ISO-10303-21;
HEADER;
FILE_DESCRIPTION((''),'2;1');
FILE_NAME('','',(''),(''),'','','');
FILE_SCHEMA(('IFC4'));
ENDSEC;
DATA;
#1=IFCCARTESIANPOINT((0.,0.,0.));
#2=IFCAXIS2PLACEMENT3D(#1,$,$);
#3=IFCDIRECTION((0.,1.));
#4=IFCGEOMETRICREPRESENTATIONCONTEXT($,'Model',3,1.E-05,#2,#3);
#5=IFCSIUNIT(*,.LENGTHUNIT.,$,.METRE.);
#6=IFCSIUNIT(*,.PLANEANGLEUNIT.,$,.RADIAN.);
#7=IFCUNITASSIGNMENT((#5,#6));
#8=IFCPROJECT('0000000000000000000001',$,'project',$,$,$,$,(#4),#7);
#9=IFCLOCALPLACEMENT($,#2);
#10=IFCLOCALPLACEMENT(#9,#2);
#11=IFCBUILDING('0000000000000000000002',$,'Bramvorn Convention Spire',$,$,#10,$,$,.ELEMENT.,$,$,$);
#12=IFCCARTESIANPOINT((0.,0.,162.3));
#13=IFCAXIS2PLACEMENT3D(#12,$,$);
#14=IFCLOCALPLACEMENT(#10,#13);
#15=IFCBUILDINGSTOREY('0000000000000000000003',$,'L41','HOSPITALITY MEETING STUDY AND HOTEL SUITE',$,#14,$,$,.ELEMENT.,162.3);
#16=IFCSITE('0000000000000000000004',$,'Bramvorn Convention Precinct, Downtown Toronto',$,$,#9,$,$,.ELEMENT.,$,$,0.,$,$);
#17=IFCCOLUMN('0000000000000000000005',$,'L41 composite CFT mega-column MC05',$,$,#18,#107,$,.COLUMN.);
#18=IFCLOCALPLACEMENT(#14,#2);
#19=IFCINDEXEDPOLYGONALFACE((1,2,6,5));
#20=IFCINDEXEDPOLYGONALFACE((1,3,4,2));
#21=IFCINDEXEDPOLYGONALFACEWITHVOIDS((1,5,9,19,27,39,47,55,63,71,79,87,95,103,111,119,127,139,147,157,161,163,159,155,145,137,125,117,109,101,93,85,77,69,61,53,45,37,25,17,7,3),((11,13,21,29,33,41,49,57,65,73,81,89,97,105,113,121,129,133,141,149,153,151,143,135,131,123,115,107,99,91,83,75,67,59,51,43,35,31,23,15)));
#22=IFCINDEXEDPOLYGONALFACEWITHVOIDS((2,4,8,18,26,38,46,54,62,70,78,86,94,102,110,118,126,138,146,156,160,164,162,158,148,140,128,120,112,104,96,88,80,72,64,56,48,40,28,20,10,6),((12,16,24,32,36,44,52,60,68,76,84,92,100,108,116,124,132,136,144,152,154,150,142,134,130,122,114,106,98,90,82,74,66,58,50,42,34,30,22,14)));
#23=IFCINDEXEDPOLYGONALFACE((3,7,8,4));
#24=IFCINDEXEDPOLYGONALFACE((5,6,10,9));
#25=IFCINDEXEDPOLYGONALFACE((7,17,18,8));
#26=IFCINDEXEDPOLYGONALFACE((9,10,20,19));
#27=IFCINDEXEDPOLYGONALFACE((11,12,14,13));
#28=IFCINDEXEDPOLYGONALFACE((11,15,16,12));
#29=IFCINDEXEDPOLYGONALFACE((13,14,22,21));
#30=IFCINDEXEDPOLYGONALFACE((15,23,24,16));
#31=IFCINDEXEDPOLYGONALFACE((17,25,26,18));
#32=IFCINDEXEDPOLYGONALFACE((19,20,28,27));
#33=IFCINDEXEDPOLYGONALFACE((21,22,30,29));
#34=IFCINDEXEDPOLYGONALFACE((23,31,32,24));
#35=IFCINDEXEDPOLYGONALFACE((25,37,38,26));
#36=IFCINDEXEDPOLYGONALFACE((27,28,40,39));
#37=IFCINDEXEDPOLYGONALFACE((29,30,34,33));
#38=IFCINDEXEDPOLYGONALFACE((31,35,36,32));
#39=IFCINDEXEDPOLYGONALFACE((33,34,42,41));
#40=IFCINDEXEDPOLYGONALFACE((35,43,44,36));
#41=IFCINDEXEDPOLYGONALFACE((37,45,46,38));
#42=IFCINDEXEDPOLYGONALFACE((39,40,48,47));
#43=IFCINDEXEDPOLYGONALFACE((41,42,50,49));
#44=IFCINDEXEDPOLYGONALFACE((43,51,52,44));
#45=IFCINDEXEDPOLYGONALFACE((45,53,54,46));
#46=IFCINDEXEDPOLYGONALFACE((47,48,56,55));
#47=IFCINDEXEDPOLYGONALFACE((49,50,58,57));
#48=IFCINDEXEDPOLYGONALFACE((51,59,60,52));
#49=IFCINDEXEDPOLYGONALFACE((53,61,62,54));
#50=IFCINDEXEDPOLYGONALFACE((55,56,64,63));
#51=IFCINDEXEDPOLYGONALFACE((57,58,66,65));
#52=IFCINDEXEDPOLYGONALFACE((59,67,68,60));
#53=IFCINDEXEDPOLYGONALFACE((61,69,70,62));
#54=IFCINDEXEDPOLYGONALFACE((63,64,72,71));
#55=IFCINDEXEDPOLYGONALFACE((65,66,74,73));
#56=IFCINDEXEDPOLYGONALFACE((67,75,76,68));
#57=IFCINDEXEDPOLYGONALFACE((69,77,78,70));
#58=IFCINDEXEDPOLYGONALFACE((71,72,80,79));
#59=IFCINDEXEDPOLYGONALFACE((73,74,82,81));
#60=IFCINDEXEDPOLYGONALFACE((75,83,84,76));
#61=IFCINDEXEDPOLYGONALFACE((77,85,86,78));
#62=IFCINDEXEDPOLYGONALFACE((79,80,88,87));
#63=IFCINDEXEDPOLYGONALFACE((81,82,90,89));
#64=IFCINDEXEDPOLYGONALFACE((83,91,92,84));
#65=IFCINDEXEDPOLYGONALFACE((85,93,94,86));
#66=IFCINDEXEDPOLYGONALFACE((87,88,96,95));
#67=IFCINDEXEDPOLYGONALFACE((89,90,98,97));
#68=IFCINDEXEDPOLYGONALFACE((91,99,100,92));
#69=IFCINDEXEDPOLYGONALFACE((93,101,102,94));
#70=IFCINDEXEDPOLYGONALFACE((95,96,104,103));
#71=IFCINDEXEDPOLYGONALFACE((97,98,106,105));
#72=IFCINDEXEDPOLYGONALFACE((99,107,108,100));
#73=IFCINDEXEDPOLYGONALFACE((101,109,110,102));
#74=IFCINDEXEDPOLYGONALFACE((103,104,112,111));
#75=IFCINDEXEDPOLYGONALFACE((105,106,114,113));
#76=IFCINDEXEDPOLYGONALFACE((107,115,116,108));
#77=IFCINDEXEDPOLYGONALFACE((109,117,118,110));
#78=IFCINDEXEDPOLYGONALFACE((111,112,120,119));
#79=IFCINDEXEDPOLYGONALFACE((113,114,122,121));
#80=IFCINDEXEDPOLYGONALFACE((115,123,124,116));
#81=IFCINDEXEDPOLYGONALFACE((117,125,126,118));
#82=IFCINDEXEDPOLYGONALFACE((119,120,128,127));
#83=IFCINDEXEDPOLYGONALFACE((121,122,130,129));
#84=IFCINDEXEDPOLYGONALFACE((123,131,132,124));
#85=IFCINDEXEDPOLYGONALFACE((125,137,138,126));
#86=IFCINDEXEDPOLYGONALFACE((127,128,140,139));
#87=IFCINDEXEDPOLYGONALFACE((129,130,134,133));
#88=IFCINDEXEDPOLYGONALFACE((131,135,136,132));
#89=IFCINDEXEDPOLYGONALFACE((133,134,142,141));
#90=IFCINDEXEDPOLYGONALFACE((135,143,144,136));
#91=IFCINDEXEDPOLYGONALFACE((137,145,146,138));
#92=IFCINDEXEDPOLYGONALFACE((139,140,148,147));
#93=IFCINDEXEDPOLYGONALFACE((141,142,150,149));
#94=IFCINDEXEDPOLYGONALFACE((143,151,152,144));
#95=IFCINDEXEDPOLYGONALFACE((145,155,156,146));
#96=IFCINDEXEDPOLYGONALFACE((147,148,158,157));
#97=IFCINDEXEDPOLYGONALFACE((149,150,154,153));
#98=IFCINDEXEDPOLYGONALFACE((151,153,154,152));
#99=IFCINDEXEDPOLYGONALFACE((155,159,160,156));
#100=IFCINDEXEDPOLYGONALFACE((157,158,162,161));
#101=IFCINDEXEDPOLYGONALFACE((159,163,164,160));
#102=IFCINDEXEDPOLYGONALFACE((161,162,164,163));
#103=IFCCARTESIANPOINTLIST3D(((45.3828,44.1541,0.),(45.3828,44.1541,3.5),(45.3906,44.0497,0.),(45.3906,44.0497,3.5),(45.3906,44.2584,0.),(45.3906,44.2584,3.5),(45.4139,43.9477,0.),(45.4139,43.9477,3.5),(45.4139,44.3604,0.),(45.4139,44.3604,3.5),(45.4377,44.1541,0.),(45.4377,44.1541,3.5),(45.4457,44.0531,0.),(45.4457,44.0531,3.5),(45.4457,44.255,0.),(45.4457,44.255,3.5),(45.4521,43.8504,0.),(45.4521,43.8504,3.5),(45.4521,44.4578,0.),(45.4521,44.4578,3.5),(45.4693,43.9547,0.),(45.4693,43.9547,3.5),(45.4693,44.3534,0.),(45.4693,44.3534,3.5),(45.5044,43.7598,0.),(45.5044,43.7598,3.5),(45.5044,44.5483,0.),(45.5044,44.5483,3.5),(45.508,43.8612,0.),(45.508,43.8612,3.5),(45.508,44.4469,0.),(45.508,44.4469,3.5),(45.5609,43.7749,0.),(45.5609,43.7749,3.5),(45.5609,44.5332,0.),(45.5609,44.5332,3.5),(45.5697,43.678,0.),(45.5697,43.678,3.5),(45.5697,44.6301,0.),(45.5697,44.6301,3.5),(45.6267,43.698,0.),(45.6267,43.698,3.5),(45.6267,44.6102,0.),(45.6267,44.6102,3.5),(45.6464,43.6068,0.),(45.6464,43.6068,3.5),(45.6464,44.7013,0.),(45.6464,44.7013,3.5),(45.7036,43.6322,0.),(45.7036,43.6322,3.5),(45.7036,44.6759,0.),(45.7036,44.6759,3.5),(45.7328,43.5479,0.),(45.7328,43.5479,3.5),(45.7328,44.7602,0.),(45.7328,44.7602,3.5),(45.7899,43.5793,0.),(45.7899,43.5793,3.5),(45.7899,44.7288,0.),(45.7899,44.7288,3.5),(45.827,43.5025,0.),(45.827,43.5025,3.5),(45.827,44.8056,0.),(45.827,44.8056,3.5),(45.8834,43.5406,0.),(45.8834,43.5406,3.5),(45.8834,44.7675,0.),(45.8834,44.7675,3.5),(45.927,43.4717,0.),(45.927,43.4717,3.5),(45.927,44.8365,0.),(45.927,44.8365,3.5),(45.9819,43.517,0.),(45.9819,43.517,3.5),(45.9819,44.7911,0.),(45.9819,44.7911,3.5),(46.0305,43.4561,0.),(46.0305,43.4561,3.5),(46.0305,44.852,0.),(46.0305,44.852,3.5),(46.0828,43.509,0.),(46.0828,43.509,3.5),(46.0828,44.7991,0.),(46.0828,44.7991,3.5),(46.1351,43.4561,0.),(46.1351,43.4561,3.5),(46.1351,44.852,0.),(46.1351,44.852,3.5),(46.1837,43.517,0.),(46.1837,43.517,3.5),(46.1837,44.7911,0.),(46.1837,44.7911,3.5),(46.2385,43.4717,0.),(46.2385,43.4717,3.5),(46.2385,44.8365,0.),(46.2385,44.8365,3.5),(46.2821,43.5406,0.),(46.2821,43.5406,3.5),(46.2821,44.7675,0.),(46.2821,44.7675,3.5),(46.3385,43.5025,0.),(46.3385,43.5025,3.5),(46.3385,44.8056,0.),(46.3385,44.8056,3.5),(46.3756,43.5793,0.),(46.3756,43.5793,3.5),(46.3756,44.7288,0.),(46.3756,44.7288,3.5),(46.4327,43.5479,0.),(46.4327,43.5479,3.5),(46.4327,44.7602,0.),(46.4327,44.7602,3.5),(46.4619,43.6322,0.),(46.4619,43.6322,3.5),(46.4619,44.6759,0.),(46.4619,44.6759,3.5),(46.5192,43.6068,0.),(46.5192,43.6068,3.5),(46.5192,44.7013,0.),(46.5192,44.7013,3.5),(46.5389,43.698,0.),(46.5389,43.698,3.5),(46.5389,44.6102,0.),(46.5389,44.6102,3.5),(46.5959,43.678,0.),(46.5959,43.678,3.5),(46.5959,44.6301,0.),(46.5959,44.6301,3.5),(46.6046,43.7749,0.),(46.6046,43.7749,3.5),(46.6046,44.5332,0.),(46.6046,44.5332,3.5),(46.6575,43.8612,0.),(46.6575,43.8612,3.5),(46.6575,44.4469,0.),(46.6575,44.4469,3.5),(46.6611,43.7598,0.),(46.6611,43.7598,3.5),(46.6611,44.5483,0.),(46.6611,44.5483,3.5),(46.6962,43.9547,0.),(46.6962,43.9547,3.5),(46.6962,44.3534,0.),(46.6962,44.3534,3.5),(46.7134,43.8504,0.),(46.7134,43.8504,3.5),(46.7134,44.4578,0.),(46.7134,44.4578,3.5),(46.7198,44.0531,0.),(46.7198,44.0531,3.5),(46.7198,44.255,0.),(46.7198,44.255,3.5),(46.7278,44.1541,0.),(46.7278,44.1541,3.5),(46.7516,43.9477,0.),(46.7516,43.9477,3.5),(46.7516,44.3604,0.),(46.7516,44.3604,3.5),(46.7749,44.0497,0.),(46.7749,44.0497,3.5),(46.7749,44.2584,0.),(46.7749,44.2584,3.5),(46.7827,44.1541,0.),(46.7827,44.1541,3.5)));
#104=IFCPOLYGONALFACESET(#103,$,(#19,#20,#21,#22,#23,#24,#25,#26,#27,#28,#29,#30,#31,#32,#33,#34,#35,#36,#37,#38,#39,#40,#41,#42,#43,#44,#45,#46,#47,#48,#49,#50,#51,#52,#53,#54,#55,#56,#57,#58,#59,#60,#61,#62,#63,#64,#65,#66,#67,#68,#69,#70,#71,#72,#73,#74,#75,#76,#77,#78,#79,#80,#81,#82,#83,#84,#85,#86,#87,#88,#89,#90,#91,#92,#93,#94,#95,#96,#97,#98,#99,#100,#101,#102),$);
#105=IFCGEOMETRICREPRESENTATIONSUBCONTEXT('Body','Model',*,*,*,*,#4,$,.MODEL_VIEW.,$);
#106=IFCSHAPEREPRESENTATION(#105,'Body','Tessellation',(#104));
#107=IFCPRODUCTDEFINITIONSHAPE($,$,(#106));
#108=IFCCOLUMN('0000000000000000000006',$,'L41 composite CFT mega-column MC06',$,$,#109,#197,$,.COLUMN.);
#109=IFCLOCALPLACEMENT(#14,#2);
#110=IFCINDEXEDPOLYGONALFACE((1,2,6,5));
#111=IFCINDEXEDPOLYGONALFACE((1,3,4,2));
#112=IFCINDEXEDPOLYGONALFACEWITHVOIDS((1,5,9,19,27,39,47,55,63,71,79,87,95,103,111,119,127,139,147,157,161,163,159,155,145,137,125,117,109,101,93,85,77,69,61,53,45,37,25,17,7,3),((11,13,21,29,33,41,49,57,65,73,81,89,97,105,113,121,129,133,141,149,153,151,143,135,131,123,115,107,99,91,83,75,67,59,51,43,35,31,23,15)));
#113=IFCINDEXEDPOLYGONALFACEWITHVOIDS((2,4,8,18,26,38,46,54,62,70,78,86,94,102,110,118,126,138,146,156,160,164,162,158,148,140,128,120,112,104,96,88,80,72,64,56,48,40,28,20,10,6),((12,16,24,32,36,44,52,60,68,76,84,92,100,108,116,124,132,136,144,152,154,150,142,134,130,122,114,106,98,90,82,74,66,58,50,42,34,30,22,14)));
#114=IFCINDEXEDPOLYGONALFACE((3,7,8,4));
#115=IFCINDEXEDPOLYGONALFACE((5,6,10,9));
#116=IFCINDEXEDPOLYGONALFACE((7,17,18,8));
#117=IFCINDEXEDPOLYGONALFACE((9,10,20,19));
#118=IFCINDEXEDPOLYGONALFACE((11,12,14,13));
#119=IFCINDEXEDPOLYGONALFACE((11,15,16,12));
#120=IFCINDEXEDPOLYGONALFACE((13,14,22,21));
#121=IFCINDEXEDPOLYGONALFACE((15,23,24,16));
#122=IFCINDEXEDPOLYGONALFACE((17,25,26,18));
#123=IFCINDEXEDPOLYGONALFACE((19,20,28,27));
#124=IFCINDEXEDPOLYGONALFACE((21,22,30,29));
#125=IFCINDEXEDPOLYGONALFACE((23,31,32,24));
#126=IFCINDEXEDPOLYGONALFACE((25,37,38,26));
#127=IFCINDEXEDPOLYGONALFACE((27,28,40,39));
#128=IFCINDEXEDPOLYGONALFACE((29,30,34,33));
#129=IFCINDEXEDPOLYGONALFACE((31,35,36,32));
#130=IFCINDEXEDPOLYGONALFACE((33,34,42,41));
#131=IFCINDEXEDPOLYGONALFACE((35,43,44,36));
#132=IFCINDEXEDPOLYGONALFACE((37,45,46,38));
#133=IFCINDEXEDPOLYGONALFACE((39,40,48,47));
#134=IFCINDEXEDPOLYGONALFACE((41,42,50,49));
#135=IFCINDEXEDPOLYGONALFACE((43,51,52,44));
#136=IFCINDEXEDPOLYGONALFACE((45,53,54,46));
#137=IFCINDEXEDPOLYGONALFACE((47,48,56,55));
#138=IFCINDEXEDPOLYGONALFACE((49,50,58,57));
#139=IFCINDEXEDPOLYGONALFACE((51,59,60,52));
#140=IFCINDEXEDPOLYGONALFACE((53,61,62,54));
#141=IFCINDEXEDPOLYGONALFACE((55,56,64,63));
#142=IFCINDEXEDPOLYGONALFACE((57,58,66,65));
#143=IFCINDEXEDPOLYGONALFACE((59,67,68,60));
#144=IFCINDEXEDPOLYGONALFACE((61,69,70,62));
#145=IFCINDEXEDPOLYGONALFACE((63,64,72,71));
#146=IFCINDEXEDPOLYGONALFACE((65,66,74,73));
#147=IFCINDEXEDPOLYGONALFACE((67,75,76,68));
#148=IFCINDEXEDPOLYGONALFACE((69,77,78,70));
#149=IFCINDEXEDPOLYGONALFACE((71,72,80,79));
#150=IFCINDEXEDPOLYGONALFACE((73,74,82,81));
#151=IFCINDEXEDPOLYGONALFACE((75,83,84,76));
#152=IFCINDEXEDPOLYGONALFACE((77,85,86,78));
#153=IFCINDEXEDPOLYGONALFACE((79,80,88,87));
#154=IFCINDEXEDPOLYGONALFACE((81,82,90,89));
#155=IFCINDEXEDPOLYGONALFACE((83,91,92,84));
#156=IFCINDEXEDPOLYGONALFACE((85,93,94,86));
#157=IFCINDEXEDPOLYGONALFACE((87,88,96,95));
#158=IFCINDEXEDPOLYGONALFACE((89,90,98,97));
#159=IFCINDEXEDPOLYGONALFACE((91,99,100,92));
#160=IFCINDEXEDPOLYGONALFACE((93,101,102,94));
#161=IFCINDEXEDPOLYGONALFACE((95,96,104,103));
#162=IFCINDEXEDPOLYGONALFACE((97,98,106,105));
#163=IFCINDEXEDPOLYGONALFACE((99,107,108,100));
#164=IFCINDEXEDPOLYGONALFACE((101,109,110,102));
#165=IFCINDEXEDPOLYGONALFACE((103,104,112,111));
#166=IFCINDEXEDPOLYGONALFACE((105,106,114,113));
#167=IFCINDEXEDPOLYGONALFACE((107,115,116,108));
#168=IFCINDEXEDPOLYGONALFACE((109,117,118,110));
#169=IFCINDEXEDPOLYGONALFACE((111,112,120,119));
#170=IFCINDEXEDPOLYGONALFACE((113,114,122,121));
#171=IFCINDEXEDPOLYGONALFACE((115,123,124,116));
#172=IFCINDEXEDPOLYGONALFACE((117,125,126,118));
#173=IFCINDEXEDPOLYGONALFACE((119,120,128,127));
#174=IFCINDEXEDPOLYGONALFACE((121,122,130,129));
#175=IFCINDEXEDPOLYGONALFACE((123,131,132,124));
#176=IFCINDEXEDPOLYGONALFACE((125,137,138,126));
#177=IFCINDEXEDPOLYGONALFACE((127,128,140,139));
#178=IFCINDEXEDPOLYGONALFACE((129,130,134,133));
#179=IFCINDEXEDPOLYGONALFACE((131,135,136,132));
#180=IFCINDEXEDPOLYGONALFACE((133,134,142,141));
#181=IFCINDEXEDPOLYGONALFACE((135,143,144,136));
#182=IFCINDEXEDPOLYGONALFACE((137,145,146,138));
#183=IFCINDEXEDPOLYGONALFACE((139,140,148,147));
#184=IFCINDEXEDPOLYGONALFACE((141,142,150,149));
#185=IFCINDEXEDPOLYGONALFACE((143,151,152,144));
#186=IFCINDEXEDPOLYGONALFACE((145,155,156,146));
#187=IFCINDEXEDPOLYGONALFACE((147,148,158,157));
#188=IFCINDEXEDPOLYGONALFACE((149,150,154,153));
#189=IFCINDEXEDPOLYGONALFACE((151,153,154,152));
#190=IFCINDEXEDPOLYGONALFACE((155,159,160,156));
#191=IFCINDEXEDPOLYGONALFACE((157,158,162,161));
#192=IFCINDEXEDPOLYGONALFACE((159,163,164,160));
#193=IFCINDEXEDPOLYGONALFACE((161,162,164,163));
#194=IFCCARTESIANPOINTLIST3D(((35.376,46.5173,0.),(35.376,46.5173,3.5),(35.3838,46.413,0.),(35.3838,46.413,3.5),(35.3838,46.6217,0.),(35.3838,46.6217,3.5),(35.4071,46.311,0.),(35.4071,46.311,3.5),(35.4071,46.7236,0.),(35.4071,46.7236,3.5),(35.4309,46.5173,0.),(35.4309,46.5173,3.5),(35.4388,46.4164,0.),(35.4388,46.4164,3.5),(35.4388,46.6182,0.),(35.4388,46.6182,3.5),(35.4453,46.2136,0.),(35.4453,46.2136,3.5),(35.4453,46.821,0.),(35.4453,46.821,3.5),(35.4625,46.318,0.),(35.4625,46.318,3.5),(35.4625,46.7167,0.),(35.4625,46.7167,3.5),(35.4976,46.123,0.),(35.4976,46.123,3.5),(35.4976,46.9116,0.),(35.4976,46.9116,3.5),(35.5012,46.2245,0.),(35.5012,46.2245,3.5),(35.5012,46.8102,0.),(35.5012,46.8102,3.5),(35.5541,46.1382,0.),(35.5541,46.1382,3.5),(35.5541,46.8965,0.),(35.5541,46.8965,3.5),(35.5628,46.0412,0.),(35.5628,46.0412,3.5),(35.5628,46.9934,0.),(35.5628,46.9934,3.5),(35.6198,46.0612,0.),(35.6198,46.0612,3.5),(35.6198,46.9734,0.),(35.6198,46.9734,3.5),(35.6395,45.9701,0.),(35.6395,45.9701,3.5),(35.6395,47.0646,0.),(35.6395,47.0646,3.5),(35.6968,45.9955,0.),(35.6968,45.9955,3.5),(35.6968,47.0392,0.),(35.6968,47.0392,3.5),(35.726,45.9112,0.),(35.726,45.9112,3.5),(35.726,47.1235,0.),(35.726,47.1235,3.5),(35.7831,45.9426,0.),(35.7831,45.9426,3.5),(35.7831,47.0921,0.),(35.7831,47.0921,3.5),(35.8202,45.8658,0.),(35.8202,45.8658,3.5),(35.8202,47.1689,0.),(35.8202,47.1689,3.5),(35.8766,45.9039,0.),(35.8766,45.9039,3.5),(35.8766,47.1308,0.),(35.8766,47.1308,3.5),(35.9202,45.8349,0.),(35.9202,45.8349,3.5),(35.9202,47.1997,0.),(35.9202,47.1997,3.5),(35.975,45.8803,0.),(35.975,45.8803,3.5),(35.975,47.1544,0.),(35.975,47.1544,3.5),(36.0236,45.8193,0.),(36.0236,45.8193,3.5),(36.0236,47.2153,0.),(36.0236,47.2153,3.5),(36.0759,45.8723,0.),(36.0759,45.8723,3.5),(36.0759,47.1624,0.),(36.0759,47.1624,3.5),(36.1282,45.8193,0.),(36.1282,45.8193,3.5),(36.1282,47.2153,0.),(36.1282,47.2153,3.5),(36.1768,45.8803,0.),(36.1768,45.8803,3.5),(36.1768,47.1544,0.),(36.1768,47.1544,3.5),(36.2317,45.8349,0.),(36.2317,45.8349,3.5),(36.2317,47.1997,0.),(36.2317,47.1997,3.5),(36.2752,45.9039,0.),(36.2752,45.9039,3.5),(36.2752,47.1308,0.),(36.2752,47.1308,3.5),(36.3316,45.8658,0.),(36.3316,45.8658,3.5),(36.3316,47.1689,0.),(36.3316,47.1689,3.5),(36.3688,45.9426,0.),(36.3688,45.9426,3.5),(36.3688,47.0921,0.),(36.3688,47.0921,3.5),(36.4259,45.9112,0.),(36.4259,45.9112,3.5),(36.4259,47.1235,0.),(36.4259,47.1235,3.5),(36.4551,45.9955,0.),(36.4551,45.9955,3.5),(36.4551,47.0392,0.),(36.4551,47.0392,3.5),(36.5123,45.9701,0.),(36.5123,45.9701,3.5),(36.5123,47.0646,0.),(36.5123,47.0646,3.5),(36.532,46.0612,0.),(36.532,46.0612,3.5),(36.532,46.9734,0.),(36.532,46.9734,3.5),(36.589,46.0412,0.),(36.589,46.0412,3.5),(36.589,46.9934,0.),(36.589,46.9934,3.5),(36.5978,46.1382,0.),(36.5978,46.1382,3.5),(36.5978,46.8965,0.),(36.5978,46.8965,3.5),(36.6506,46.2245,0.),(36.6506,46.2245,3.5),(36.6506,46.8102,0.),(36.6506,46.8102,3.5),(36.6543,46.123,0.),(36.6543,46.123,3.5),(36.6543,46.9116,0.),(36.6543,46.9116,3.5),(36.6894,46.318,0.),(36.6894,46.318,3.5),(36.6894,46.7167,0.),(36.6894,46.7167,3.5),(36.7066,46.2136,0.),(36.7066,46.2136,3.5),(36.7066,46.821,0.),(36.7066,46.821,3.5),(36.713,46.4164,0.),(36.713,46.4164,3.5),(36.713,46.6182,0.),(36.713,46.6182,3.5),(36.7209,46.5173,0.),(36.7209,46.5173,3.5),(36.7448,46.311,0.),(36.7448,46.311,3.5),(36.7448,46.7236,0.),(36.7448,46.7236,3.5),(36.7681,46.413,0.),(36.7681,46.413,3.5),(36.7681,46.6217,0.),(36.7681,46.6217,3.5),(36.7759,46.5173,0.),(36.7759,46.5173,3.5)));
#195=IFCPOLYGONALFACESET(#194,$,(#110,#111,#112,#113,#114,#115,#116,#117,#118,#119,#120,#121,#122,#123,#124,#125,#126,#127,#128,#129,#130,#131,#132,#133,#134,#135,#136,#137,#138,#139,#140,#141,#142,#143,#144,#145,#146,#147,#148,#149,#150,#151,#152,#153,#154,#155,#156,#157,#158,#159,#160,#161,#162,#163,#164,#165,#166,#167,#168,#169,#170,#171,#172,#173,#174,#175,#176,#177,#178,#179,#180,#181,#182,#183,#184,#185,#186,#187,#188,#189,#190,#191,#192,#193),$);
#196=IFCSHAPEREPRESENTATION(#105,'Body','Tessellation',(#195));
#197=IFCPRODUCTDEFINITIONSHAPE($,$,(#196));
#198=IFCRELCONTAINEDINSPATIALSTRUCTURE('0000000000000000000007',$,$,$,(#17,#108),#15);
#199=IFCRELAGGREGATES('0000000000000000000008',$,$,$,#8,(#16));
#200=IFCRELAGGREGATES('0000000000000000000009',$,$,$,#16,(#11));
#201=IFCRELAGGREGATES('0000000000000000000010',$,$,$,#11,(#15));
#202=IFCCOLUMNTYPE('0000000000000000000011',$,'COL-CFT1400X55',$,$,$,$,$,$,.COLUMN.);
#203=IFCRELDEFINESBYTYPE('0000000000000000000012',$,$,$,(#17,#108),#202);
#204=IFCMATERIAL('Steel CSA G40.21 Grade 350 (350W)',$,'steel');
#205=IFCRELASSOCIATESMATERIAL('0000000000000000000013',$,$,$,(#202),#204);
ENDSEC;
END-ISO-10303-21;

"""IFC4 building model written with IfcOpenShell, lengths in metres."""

from ifc_helpers import new_model, si_unit, direction, frame, origin, origin_2d, place, context, subcontext, project, spatial, hollow_circle, extrude, material, material_profile, profile_set, type_object, element, save


model = new_model("IFC4")

# Units and contexts
model_context = context("Model", 3, precision=1e-05, world=origin(), true_north=direction((0.0, 1.0)))
body_context = subcontext(model_context, "Body", "Model", "MODEL_VIEW")
ifc_project = project(units=[si_unit("LENGTHUNIT", "METRE"), si_unit("PLANEANGLEUNIT", "RADIAN")], contexts=[model_context])

# Site, building, storey
site_placement = place(None, origin())
site = spatial("IfcSite", under=ifc_project, at=site_placement, Name="Bramvorn Convention Precinct, Downtown Toronto", CompositionType="ELEMENT", RefElevation=0.0)
building_placement = place(site_placement, origin())
building = spatial("IfcBuilding", under=site, at=building_placement, Name="Bramvorn Convention Spire", CompositionType="ELEMENT")
storey_placement = place(building_placement, frame((0.0, 0.0, 162.3)))
storey = spatial("IfcBuildingStorey", under=building, at=storey_placement, Name="L41", Description="HOSPITALITY MEETING STUDY AND HOTEL SUITE", CompositionType="ELEMENT", Elevation=162.3)

# Columns
ifc_material_1 = material(Name="Steel CSA G40.21 Grade 350 (350W)", Category="steel")
ifc_material_profile_1 = material_profile(ifc_material_1, hollow_circle(Radius=0.7, WallThickness=0.0549, at=origin_2d()))
ifc_profile_set_1 = profile_set([ifc_material_profile_1], Name="Steel CSA G40.21 Grade 350 (350W) - CFT1400X55")
column_type = type_object("IfcColumnType", Name="COL-CFT1400X55", PredefinedType="COLUMN", material=ifc_profile_set_1)
for number, where, z_axis, x_axis, name in (
    (1, (46.0828, 44.1541, 0.0), (0.0, 0.0, 1.0), (1.0, 0.0, 0.0), "L41 composite CFT mega-column MC05"),
    (2, (36.0759, 46.5173, 0.0), (0.0, 0.0, 1.0), (1.0, 0.0, 0.0), "L41 composite CFT mega-column MC06"),
):
    element("IfcColumn", number, at=place(storey_placement, frame(where, z_axis=z_axis, x_axis=x_axis)), inside=storey, type_object=column_type, Name=name, PredefinedType="COLUMN", context=body_context, shape_type="SweptSolid", body=[
        extrude(hollow_circle(Radius=0.7, WallThickness=0.0549, at=origin_2d()), origin(), (0.0, 0.0, 1.0), 3.5),
    ])

save(model, "model.ifc")
